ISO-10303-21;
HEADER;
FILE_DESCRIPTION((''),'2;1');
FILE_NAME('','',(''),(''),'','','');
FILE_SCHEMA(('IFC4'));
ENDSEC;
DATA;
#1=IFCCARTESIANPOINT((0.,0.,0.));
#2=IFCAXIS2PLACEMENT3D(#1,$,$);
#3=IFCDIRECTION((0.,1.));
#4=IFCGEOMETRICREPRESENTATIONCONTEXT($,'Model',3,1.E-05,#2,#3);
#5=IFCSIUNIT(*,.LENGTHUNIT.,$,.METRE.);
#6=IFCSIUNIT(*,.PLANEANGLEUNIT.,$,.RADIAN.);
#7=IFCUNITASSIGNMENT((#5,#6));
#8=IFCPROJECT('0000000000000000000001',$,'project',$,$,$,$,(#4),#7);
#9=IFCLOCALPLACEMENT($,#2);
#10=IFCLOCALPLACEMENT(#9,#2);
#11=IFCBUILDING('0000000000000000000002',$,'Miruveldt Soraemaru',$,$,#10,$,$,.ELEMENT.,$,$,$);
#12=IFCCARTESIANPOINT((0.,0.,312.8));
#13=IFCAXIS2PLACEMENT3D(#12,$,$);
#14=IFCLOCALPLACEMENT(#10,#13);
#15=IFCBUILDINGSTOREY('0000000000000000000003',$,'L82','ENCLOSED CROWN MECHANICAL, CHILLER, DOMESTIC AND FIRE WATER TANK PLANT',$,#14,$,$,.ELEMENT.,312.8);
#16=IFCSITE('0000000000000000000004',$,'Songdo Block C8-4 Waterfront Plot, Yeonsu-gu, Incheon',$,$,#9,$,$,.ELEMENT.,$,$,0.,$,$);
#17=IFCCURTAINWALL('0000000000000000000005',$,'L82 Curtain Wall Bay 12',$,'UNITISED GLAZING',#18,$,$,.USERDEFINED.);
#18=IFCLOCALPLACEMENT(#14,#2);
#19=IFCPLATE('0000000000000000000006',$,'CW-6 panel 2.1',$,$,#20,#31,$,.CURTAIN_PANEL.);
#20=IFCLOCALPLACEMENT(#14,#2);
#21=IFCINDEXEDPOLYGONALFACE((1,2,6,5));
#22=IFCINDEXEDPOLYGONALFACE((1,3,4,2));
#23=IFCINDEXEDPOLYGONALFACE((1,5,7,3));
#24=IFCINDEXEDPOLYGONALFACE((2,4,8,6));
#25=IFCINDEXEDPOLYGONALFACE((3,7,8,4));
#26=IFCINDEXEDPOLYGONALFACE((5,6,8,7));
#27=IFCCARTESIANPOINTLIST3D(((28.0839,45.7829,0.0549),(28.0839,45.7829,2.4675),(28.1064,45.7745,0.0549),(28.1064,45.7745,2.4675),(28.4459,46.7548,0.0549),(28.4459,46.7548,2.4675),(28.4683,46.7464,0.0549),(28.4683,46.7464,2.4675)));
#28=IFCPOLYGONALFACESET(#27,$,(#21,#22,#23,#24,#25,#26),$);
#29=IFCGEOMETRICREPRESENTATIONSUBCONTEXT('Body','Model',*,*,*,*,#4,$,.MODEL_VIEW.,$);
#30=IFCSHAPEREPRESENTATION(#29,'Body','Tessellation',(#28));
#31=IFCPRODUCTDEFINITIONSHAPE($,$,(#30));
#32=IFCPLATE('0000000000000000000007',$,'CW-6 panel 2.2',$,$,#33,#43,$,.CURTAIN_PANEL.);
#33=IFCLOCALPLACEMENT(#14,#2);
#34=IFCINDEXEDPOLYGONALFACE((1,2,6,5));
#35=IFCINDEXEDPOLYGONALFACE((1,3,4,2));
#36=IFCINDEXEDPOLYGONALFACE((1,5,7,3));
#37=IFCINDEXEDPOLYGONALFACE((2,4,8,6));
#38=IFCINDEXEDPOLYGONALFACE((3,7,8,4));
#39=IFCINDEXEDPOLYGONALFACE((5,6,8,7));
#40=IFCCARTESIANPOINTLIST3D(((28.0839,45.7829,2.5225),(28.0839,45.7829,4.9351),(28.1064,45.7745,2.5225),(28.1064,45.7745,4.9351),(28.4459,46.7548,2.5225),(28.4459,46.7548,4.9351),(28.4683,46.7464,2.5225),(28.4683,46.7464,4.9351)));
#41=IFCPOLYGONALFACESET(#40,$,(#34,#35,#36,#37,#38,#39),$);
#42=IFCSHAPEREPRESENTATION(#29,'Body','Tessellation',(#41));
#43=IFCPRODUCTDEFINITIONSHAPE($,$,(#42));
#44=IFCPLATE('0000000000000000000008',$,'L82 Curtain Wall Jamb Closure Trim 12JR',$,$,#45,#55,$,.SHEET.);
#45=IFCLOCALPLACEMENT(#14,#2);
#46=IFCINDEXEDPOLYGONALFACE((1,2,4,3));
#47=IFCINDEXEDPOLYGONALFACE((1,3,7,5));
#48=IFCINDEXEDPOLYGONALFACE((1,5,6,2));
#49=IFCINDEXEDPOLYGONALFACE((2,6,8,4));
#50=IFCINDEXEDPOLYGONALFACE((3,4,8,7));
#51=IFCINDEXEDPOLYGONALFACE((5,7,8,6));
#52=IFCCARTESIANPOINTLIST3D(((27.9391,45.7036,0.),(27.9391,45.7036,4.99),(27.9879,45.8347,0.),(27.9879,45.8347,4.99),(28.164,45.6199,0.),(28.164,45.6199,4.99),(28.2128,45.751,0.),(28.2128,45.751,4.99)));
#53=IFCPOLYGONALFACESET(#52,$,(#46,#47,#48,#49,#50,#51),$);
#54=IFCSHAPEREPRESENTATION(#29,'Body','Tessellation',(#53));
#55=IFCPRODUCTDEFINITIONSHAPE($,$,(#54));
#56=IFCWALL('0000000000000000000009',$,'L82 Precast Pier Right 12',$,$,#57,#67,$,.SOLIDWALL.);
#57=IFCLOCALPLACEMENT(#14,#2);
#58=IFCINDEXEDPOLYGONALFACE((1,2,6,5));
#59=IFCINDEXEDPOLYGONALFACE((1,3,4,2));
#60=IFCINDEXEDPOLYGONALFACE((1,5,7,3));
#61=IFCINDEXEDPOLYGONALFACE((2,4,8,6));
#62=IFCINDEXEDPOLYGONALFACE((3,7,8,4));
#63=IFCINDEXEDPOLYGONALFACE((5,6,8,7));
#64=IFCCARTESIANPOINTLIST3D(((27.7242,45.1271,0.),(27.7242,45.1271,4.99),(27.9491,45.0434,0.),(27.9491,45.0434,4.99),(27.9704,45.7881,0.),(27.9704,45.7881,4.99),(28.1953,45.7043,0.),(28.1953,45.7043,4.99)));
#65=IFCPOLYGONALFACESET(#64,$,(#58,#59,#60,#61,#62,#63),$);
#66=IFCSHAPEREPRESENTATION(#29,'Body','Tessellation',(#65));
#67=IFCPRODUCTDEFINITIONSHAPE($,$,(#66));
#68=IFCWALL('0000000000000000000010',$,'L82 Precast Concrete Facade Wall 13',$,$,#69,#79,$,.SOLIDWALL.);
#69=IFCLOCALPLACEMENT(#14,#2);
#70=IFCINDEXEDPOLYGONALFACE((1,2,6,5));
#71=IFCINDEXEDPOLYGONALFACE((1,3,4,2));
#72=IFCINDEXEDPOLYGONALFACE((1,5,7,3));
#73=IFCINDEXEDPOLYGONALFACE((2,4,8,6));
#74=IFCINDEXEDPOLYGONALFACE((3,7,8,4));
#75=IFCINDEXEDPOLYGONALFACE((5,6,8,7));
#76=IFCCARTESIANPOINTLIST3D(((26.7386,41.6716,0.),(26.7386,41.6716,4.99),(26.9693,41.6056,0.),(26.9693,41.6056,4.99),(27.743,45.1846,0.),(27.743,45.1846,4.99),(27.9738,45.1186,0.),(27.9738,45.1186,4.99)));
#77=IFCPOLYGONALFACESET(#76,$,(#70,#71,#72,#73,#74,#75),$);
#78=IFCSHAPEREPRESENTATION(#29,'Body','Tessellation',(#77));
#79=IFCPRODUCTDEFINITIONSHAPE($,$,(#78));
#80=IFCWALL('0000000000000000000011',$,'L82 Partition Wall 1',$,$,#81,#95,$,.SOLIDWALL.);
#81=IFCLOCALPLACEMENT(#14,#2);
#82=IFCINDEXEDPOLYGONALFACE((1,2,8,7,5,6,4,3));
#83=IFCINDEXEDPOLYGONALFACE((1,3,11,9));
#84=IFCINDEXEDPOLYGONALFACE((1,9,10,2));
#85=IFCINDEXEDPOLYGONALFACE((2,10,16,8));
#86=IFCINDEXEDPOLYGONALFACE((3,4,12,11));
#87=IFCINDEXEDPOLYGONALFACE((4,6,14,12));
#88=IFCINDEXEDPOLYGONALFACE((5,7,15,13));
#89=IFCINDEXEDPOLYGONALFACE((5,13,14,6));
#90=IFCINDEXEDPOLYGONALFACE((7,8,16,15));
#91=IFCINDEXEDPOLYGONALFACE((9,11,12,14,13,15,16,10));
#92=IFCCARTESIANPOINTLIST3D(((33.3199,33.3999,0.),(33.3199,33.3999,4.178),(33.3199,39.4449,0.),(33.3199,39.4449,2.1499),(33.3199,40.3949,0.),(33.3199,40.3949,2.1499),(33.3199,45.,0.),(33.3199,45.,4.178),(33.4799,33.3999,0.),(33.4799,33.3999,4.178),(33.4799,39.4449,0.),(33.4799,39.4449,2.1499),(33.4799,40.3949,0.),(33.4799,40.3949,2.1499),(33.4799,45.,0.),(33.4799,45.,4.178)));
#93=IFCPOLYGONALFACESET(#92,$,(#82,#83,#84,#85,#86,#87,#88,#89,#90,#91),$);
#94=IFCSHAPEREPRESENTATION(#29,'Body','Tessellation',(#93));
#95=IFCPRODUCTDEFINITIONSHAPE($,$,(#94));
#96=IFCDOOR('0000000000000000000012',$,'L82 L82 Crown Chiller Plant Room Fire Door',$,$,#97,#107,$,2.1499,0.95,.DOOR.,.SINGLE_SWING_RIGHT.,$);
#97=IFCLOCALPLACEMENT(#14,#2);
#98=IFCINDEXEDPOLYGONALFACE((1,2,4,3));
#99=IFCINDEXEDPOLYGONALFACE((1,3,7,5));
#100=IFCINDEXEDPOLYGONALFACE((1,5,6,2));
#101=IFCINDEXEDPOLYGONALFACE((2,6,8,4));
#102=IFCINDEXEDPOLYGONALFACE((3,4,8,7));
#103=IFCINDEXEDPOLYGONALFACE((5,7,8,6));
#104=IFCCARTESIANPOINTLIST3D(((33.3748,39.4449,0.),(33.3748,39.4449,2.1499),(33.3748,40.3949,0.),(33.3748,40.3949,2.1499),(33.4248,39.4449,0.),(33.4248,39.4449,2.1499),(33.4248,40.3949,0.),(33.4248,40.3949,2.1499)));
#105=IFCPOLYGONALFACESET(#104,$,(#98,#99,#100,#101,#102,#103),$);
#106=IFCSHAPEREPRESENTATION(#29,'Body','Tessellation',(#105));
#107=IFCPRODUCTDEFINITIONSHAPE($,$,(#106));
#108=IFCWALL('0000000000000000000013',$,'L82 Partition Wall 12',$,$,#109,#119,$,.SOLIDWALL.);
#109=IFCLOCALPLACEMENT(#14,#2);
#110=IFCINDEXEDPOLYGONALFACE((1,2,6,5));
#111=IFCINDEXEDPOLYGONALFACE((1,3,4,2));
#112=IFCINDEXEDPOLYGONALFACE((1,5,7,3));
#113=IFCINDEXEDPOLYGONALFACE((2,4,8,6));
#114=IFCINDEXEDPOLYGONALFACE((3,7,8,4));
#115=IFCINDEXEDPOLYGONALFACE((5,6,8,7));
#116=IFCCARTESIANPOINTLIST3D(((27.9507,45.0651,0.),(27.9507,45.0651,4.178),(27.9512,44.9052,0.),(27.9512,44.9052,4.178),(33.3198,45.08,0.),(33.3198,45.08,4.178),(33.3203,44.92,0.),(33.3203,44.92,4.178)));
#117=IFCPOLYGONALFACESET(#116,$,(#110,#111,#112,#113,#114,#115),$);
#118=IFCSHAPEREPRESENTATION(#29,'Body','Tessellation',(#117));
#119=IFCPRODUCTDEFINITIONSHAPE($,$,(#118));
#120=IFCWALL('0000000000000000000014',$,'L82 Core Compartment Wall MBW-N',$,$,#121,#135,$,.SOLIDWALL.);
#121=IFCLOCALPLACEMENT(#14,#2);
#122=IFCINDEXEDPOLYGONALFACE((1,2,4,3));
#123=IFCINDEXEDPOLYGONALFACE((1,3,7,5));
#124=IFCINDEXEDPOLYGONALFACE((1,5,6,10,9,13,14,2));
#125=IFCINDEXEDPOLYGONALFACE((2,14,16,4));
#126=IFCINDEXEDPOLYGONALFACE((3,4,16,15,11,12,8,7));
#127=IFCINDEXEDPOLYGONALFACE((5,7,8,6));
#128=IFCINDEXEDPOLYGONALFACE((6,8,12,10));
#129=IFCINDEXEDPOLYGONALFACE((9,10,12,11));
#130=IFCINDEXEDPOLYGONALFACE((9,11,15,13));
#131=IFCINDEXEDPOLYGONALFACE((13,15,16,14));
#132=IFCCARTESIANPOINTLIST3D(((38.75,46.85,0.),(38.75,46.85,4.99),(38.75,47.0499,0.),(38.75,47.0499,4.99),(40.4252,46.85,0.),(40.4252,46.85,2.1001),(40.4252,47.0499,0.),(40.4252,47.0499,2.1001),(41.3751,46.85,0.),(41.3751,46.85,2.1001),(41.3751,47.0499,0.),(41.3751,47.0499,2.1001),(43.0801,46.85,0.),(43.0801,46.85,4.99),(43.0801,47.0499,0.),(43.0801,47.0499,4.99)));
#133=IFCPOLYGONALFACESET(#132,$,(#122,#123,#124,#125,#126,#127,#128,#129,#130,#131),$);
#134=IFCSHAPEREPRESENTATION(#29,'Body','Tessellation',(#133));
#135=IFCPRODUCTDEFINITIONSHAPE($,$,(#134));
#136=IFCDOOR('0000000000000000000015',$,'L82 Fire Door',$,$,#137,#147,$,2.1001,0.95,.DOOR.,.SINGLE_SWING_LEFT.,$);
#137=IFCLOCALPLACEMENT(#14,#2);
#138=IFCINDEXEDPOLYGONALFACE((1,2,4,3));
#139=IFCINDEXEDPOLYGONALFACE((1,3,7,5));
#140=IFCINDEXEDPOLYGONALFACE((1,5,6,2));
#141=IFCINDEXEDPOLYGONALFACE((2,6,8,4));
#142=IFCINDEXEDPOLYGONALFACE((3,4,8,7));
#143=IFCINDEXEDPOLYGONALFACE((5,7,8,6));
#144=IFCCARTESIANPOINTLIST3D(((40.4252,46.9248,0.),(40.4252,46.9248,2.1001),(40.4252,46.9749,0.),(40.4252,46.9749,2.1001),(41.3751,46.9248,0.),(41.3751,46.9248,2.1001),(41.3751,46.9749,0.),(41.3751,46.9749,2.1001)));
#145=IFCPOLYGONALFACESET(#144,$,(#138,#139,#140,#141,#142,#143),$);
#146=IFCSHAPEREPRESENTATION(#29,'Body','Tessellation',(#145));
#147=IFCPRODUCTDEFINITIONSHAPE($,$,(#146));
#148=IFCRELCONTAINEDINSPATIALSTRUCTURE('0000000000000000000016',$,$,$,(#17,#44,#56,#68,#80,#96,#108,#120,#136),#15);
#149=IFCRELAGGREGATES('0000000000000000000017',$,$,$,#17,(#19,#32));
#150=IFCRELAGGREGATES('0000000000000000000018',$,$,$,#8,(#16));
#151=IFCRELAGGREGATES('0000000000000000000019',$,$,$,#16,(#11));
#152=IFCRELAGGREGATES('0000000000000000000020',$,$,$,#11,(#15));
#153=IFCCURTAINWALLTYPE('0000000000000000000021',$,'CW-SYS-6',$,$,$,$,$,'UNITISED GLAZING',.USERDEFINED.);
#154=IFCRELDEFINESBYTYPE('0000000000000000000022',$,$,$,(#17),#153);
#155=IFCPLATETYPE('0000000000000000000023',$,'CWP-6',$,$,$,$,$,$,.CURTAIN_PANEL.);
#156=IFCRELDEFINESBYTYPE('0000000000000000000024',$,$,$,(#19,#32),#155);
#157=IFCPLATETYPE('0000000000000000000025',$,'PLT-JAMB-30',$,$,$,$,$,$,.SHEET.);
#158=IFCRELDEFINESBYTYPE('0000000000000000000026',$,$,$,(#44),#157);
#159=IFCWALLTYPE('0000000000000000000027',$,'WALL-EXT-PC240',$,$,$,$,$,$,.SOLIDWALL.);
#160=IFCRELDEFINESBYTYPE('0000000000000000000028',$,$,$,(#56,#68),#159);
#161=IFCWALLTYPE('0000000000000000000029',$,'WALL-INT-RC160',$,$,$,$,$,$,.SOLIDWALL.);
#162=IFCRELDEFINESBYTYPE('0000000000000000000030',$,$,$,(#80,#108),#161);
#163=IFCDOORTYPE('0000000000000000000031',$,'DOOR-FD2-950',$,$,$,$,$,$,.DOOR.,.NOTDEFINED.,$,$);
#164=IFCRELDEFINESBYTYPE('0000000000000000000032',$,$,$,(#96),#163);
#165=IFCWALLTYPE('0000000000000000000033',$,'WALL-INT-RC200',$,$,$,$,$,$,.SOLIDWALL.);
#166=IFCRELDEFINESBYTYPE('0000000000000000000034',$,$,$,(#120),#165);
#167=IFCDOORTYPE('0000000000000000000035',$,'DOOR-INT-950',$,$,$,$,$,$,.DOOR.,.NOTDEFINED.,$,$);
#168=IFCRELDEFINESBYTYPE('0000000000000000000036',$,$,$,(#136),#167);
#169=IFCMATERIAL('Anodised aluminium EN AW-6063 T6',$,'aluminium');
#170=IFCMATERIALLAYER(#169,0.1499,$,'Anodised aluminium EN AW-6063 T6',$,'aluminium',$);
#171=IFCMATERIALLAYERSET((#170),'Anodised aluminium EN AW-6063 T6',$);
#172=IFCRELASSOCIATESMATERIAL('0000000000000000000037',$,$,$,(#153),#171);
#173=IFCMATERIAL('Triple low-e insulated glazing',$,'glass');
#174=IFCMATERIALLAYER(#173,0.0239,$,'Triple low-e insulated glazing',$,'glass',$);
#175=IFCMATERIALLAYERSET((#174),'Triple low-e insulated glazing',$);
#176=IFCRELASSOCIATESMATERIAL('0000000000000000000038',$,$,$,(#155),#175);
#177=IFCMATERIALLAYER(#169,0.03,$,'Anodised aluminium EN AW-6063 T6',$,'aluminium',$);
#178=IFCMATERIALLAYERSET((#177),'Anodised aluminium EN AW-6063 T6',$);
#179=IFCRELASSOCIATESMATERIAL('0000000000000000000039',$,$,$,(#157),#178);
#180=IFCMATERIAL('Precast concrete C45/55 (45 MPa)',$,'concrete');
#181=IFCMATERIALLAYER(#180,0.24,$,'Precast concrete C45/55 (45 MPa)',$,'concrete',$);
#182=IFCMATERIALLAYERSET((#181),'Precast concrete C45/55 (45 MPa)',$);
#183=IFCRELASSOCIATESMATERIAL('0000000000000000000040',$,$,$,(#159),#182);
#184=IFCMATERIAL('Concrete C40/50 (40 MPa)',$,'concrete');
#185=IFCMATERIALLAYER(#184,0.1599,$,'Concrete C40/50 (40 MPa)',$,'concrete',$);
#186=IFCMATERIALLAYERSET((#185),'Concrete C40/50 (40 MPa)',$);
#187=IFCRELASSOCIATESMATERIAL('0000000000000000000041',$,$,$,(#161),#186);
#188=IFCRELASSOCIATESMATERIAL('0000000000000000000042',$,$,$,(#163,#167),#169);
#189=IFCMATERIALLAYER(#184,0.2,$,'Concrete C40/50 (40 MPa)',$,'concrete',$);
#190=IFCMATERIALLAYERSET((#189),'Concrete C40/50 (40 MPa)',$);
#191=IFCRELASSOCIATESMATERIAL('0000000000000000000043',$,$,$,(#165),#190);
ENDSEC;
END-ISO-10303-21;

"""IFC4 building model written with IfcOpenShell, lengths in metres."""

from ifc_helpers import new_model, si_unit, direction, frame, frame_2d, origin, origin_2d, place, context, subcontext, project, spatial, rectangle, extrude, material, layer, layer_set, type_object, element, fill, aggregate, save


model = new_model("IFC4")

# Units and contexts
model_context = context("Model", 3, precision=1e-05, world=origin(), true_north=direction((0.0, 1.0)))
body_context = subcontext(model_context, "Body", "Model", "MODEL_VIEW")
ifc_project = project(units=[si_unit("LENGTHUNIT", "METRE"), si_unit("PLANEANGLEUNIT", "RADIAN")], contexts=[model_context])

# Site, building, storey
site_placement = place(None, origin())
site = spatial("IfcSite", under=ifc_project, at=site_placement, Name="Songdo Block C8-4 Waterfront Plot, Yeonsu-gu, Incheon", CompositionType="ELEMENT", RefElevation=0.0)
building_placement = place(site_placement, origin())
building = spatial("IfcBuilding", under=site, at=building_placement, Name="Miruveldt Soraemaru", CompositionType="ELEMENT")
storey_placement = place(building_placement, frame((0.0, 0.0, 312.8)))
storey = spatial("IfcBuildingStorey", under=building, at=storey_placement, Name="L82", Description="ENCLOSED CROWN MECHANICAL, CHILLER, DOMESTIC AND FIRE WATER TANK PLANT", CompositionType="ELEMENT", Elevation=312.8)

# Curtain wall, plates
ifc_material_1 = material(Name="Anodised aluminium EN AW-6063 T6", Category="aluminium")
ifc_layer_1 = layer(ifc_material_1, 0.1499, Name="Anodised aluminium EN AW-6063 T6", Category="aluminium")
ifc_layer_set_1 = layer_set([ifc_layer_1], Name="Anodised aluminium EN AW-6063 T6")
curtain_wall_type = type_object("IfcCurtainWallType", Name="CW-SYS-6", ElementType="UNITISED GLAZING", PredefinedType="USERDEFINED", material=ifc_layer_set_1)
curtain_wall_placement = place(storey_placement, origin())
curtain_wall = element("IfcCurtainWall", 1, at=curtain_wall_placement, inside=storey, type_object=curtain_wall_type, Name="L82 Curtain Wall Bay 12", ObjectType="UNITISED GLAZING", PredefinedType="USERDEFINED")
ifc_material_2 = material(Name="Triple low-e insulated glazing", Category="glass")
ifc_layer_2 = layer(ifc_material_2, 0.0239, Name="Triple low-e insulated glazing", Category="glass")
ifc_layer_set_2 = layer_set([ifc_layer_2], Name="Triple low-e insulated glazing")
plate_type_1 = type_object("IfcPlateType", Name="CWP-6", PredefinedType="CURTAIN_PANEL", material=ifc_layer_set_2)
plate_1_placement = place(storey_placement, frame((28.2761, 46.2646, 0.0549), z_axis=(0.0, 0.0, 1.0), x_axis=(-0.348998, -0.937123, 0.0)))
plate_1 = element("IfcPlate", 2, at=plate_1_placement, type_object=plate_type_1, Name="CW-6 panel 2.1", PredefinedType="CURTAIN_PANEL", context=body_context, shape_type="SweptSolid", body=[
    extrude(rectangle(XDim=1.0371, YDim=0.0239, at=origin_2d()), origin(), (0.0, 0.0, 1.0), 2.4126),
])
plate_2_placement = place(storey_placement, frame((28.2761, 46.2646, 2.5225), z_axis=(0.0, 0.0, 1.0), x_axis=(-0.348998, -0.937123, 0.0)))
plate_2 = element("IfcPlate", 3, at=plate_2_placement, type_object=plate_type_1, Name="CW-6 panel 2.2", PredefinedType="CURTAIN_PANEL", context=body_context, shape_type="SweptSolid", body=[
    extrude(rectangle(XDim=1.0371, YDim=0.0239, at=origin_2d()), origin(), (0.0, 0.0, 1.0), 2.4126),
])
aggregate(curtain_wall, [plate_1, plate_2])

# Plate
ifc_layer_3 = layer(ifc_material_1, 0.03, Name="Anodised aluminium EN AW-6063 T6", Category="aluminium")
ifc_layer_set_3 = layer_set([ifc_layer_3], Name="Anodised aluminium EN AW-6063 T6")
plate_type_2 = type_object("IfcPlateType", Name="PLT-JAMB-30", PredefinedType="SHEET", material=ifc_layer_set_3)
plate_3_placement = place(storey_placement, frame((28.0759, 45.7273, 0.0), z_axis=(0.0, 0.0, 1.0), x_axis=(-0.34903, -0.937112, 0.0)))
element("IfcPlate", 4, at=plate_3_placement, inside=storey, type_object=plate_type_2, Name="L82 Curtain Wall Jamb Closure Trim 12JR", PredefinedType="SHEET", context=body_context, shape_type="SweptSolid", body=[
    extrude(rectangle(XDim=0.1399, YDim=0.24, at=origin_2d()), origin(), (0.0, 0.0, 1.0), 4.99),
])

# Walls
ifc_material_3 = material(Name="Precast concrete C45/55 (45 MPa)", Category="concrete")
ifc_layer_4 = layer(ifc_material_3, 0.24, Name="Precast concrete C45/55 (45 MPa)", Category="concrete")
ifc_layer_set_4 = layer_set([ifc_layer_4], Name="Precast concrete C45/55 (45 MPa)")
wall_type_1 = type_object("IfcWallType", Name="WALL-EXT-PC240", PredefinedType="SOLIDWALL", material=ifc_layer_set_4)
wall_1_placement = place(storey_placement, frame((28.0828, 45.7461, 0.0), z_axis=(0.0, 0.0, 1.0), x_axis=(-0.34896, -0.937138, 0.0)))
element("IfcWall", 5, at=wall_1_placement, inside=storey, type_object=wall_type_1, Name="L82 Precast Pier Right 12", PredefinedType="SOLIDWALL", context=body_context, shape_type="SweptSolid", body=[
    extrude(rectangle(XDim=0.7053, YDim=0.24, at=frame_2d((0.3525, 0.0))), origin(), (0.0, 0.0, 1.0), 4.99),
])
wall_2_placement = place(storey_placement, frame((27.8584, 45.1516, 0.0), z_axis=(0.0, 0.0, 1.0), x_axis=(-0.274898, -0.961474, 0.0)))
element("IfcWall", 6, at=wall_2_placement, inside=storey, type_object=wall_type_1, Name="L82 Precast Concrete Facade Wall 13", PredefinedType="SOLIDWALL", context=body_context, shape_type="SweptSolid", body=[
    extrude(rectangle(XDim=3.6538, YDim=0.24, at=frame_2d((1.8269, 0.0))), origin(), (0.0, 0.0, 1.0), 4.99),
])

# Wall, opening, door
ifc_material_4 = material(Name="Concrete C40/50 (40 MPa)", Category="concrete")
ifc_layer_5 = layer(ifc_material_4, 0.1599, Name="Concrete C40/50 (40 MPa)", Category="concrete")
ifc_layer_set_5 = layer_set([ifc_layer_5], Name="Concrete C40/50 (40 MPa)")
wall_type_2 = type_object("IfcWallType", Name="WALL-INT-RC160", PredefinedType="SOLIDWALL", material=ifc_layer_set_5)
wall_3_placement = place(storey_placement, frame((33.3999, 45.0, 0.0), z_axis=(0.0, 0.0, 1.0), x_axis=(0.0, -1.0, 0.0)))
wall_3 = element("IfcWall", 7, at=wall_3_placement, inside=storey, type_object=wall_type_2, Name="L82 Partition Wall 1", PredefinedType="SOLIDWALL", context=body_context, shape_type="SweptSolid", body=[
    extrude(rectangle(XDim=11.6001, YDim=0.1599, at=frame_2d((5.8, 0.0))), origin(), (0.0, 0.0, 1.0), 4.178),
])
opening_1_placement = place(wall_3_placement, frame((4.605, 0.0, 0.0)))
opening_1 = element("IfcOpeningElement", 8, at=opening_1_placement, cuts=wall_3, PredefinedType="OPENING", context=body_context, shape_type="SweptSolid", body=[
    extrude(rectangle(XDim=0.95, YDim=2.1499, at=frame_2d((0.4751, 1.075))), frame((0.0, 0.0898, 0.0), z_axis=(0.0, -1.0, 0.0), x_axis=(1.0, 0.0, 0.0)), (0.0, 0.0, 1.0), 0.1799),
])
door_type_1 = type_object("IfcDoorType", Name="DOOR-FD2-950", OperationType="NOTDEFINED", PredefinedType="DOOR", material=ifc_material_1)
door_1_placement = place(opening_1_placement, origin())
door_1 = element("IfcDoor", 9, at=door_1_placement, inside=storey, type_object=door_type_1, Name="L82 L82 Crown Chiller Plant Room Fire Door", OperationType="SINGLE_SWING_RIGHT", OverallHeight=2.1499, OverallWidth=0.95, PredefinedType="DOOR", context=body_context, shape_type="SweptSolid", body=[
    extrude(rectangle(XDim=0.95, YDim=2.1499, at=frame_2d((0.4751, 1.075))), frame((0.0, 0.0249, 0.0), z_axis=(0.0, -1.0, 0.0), x_axis=(1.0, 0.0, 0.0)), (0.0, 0.0, 1.0), 0.05),
])
fill(opening_1, door_1)

# Wall
wall_4_placement = place(storey_placement, frame((33.3201, 45.0, 0.0), z_axis=(0.0, 0.0, 1.0), x_axis=(-0.999996, -0.002774, 0.0)))
element("IfcWall", 10, at=wall_4_placement, inside=storey, type_object=wall_type_2, Name="L82 Partition Wall 12", PredefinedType="SOLIDWALL", context=body_context, shape_type="SweptSolid", body=[
    extrude(rectangle(XDim=5.3691, YDim=0.1599, at=frame_2d((2.6846, 0.0))), origin(), (0.0, 0.0, 1.0), 4.178),
])

# Wall, opening, door
ifc_layer_6 = layer(ifc_material_4, 0.2, Name="Concrete C40/50 (40 MPa)", Category="concrete")
ifc_layer_set_6 = layer_set([ifc_layer_6], Name="Concrete C40/50 (40 MPa)")
wall_type_3 = type_object("IfcWallType", Name="WALL-INT-RC200", PredefinedType="SOLIDWALL", material=ifc_layer_set_6)
wall_5_placement = place(storey_placement, frame((38.75, 46.95, 0.0), z_axis=(0.0, 0.0, 1.0), x_axis=(1.0, 0.0, 0.0)))
wall_5 = element("IfcWall", 11, at=wall_5_placement, inside=storey, type_object=wall_type_3, Name="L82 Core Compartment Wall MBW-N", PredefinedType="SOLIDWALL", context=body_context, shape_type="SweptSolid", body=[
    extrude(rectangle(XDim=4.3301, YDim=0.2, at=frame_2d((2.165, 0.0))), origin(), (0.0, 0.0, 1.0), 4.99),
])
opening_2_placement = place(wall_5_placement, frame((1.675, 0.0, 0.0)))
opening_2 = element("IfcOpeningElement", 12, at=opening_2_placement, cuts=wall_5, PredefinedType="OPENING", context=body_context, shape_type="SweptSolid", body=[
    extrude(rectangle(XDim=0.95, YDim=2.1001, at=frame_2d((0.4751, 1.05))), frame((0.0, 0.1099, 0.0), z_axis=(0.0, -1.0, 0.0), x_axis=(1.0, 0.0, 0.0)), (0.0, 0.0, 1.0), 0.22),
])
door_type_2 = type_object("IfcDoorType", Name="DOOR-INT-950", OperationType="NOTDEFINED", PredefinedType="DOOR", material=ifc_material_1)
door_2_placement = place(opening_2_placement, origin())
door_2 = element("IfcDoor", 13, at=door_2_placement, inside=storey, type_object=door_type_2, Name="L82 Fire Door", OperationType="SINGLE_SWING_LEFT", OverallHeight=2.1001, OverallWidth=0.95, PredefinedType="DOOR", context=body_context, shape_type="SweptSolid", body=[
    extrude(rectangle(XDim=0.95, YDim=2.1001, at=frame_2d((0.4751, 1.05))), frame((0.0, 0.0249, 0.0), z_axis=(0.0, -1.0, 0.0), x_axis=(1.0, 0.0, 0.0)), (0.0, 0.0, 1.0), 0.05),
])
fill(opening_2, door_2)

save(model, "model.ifc")
